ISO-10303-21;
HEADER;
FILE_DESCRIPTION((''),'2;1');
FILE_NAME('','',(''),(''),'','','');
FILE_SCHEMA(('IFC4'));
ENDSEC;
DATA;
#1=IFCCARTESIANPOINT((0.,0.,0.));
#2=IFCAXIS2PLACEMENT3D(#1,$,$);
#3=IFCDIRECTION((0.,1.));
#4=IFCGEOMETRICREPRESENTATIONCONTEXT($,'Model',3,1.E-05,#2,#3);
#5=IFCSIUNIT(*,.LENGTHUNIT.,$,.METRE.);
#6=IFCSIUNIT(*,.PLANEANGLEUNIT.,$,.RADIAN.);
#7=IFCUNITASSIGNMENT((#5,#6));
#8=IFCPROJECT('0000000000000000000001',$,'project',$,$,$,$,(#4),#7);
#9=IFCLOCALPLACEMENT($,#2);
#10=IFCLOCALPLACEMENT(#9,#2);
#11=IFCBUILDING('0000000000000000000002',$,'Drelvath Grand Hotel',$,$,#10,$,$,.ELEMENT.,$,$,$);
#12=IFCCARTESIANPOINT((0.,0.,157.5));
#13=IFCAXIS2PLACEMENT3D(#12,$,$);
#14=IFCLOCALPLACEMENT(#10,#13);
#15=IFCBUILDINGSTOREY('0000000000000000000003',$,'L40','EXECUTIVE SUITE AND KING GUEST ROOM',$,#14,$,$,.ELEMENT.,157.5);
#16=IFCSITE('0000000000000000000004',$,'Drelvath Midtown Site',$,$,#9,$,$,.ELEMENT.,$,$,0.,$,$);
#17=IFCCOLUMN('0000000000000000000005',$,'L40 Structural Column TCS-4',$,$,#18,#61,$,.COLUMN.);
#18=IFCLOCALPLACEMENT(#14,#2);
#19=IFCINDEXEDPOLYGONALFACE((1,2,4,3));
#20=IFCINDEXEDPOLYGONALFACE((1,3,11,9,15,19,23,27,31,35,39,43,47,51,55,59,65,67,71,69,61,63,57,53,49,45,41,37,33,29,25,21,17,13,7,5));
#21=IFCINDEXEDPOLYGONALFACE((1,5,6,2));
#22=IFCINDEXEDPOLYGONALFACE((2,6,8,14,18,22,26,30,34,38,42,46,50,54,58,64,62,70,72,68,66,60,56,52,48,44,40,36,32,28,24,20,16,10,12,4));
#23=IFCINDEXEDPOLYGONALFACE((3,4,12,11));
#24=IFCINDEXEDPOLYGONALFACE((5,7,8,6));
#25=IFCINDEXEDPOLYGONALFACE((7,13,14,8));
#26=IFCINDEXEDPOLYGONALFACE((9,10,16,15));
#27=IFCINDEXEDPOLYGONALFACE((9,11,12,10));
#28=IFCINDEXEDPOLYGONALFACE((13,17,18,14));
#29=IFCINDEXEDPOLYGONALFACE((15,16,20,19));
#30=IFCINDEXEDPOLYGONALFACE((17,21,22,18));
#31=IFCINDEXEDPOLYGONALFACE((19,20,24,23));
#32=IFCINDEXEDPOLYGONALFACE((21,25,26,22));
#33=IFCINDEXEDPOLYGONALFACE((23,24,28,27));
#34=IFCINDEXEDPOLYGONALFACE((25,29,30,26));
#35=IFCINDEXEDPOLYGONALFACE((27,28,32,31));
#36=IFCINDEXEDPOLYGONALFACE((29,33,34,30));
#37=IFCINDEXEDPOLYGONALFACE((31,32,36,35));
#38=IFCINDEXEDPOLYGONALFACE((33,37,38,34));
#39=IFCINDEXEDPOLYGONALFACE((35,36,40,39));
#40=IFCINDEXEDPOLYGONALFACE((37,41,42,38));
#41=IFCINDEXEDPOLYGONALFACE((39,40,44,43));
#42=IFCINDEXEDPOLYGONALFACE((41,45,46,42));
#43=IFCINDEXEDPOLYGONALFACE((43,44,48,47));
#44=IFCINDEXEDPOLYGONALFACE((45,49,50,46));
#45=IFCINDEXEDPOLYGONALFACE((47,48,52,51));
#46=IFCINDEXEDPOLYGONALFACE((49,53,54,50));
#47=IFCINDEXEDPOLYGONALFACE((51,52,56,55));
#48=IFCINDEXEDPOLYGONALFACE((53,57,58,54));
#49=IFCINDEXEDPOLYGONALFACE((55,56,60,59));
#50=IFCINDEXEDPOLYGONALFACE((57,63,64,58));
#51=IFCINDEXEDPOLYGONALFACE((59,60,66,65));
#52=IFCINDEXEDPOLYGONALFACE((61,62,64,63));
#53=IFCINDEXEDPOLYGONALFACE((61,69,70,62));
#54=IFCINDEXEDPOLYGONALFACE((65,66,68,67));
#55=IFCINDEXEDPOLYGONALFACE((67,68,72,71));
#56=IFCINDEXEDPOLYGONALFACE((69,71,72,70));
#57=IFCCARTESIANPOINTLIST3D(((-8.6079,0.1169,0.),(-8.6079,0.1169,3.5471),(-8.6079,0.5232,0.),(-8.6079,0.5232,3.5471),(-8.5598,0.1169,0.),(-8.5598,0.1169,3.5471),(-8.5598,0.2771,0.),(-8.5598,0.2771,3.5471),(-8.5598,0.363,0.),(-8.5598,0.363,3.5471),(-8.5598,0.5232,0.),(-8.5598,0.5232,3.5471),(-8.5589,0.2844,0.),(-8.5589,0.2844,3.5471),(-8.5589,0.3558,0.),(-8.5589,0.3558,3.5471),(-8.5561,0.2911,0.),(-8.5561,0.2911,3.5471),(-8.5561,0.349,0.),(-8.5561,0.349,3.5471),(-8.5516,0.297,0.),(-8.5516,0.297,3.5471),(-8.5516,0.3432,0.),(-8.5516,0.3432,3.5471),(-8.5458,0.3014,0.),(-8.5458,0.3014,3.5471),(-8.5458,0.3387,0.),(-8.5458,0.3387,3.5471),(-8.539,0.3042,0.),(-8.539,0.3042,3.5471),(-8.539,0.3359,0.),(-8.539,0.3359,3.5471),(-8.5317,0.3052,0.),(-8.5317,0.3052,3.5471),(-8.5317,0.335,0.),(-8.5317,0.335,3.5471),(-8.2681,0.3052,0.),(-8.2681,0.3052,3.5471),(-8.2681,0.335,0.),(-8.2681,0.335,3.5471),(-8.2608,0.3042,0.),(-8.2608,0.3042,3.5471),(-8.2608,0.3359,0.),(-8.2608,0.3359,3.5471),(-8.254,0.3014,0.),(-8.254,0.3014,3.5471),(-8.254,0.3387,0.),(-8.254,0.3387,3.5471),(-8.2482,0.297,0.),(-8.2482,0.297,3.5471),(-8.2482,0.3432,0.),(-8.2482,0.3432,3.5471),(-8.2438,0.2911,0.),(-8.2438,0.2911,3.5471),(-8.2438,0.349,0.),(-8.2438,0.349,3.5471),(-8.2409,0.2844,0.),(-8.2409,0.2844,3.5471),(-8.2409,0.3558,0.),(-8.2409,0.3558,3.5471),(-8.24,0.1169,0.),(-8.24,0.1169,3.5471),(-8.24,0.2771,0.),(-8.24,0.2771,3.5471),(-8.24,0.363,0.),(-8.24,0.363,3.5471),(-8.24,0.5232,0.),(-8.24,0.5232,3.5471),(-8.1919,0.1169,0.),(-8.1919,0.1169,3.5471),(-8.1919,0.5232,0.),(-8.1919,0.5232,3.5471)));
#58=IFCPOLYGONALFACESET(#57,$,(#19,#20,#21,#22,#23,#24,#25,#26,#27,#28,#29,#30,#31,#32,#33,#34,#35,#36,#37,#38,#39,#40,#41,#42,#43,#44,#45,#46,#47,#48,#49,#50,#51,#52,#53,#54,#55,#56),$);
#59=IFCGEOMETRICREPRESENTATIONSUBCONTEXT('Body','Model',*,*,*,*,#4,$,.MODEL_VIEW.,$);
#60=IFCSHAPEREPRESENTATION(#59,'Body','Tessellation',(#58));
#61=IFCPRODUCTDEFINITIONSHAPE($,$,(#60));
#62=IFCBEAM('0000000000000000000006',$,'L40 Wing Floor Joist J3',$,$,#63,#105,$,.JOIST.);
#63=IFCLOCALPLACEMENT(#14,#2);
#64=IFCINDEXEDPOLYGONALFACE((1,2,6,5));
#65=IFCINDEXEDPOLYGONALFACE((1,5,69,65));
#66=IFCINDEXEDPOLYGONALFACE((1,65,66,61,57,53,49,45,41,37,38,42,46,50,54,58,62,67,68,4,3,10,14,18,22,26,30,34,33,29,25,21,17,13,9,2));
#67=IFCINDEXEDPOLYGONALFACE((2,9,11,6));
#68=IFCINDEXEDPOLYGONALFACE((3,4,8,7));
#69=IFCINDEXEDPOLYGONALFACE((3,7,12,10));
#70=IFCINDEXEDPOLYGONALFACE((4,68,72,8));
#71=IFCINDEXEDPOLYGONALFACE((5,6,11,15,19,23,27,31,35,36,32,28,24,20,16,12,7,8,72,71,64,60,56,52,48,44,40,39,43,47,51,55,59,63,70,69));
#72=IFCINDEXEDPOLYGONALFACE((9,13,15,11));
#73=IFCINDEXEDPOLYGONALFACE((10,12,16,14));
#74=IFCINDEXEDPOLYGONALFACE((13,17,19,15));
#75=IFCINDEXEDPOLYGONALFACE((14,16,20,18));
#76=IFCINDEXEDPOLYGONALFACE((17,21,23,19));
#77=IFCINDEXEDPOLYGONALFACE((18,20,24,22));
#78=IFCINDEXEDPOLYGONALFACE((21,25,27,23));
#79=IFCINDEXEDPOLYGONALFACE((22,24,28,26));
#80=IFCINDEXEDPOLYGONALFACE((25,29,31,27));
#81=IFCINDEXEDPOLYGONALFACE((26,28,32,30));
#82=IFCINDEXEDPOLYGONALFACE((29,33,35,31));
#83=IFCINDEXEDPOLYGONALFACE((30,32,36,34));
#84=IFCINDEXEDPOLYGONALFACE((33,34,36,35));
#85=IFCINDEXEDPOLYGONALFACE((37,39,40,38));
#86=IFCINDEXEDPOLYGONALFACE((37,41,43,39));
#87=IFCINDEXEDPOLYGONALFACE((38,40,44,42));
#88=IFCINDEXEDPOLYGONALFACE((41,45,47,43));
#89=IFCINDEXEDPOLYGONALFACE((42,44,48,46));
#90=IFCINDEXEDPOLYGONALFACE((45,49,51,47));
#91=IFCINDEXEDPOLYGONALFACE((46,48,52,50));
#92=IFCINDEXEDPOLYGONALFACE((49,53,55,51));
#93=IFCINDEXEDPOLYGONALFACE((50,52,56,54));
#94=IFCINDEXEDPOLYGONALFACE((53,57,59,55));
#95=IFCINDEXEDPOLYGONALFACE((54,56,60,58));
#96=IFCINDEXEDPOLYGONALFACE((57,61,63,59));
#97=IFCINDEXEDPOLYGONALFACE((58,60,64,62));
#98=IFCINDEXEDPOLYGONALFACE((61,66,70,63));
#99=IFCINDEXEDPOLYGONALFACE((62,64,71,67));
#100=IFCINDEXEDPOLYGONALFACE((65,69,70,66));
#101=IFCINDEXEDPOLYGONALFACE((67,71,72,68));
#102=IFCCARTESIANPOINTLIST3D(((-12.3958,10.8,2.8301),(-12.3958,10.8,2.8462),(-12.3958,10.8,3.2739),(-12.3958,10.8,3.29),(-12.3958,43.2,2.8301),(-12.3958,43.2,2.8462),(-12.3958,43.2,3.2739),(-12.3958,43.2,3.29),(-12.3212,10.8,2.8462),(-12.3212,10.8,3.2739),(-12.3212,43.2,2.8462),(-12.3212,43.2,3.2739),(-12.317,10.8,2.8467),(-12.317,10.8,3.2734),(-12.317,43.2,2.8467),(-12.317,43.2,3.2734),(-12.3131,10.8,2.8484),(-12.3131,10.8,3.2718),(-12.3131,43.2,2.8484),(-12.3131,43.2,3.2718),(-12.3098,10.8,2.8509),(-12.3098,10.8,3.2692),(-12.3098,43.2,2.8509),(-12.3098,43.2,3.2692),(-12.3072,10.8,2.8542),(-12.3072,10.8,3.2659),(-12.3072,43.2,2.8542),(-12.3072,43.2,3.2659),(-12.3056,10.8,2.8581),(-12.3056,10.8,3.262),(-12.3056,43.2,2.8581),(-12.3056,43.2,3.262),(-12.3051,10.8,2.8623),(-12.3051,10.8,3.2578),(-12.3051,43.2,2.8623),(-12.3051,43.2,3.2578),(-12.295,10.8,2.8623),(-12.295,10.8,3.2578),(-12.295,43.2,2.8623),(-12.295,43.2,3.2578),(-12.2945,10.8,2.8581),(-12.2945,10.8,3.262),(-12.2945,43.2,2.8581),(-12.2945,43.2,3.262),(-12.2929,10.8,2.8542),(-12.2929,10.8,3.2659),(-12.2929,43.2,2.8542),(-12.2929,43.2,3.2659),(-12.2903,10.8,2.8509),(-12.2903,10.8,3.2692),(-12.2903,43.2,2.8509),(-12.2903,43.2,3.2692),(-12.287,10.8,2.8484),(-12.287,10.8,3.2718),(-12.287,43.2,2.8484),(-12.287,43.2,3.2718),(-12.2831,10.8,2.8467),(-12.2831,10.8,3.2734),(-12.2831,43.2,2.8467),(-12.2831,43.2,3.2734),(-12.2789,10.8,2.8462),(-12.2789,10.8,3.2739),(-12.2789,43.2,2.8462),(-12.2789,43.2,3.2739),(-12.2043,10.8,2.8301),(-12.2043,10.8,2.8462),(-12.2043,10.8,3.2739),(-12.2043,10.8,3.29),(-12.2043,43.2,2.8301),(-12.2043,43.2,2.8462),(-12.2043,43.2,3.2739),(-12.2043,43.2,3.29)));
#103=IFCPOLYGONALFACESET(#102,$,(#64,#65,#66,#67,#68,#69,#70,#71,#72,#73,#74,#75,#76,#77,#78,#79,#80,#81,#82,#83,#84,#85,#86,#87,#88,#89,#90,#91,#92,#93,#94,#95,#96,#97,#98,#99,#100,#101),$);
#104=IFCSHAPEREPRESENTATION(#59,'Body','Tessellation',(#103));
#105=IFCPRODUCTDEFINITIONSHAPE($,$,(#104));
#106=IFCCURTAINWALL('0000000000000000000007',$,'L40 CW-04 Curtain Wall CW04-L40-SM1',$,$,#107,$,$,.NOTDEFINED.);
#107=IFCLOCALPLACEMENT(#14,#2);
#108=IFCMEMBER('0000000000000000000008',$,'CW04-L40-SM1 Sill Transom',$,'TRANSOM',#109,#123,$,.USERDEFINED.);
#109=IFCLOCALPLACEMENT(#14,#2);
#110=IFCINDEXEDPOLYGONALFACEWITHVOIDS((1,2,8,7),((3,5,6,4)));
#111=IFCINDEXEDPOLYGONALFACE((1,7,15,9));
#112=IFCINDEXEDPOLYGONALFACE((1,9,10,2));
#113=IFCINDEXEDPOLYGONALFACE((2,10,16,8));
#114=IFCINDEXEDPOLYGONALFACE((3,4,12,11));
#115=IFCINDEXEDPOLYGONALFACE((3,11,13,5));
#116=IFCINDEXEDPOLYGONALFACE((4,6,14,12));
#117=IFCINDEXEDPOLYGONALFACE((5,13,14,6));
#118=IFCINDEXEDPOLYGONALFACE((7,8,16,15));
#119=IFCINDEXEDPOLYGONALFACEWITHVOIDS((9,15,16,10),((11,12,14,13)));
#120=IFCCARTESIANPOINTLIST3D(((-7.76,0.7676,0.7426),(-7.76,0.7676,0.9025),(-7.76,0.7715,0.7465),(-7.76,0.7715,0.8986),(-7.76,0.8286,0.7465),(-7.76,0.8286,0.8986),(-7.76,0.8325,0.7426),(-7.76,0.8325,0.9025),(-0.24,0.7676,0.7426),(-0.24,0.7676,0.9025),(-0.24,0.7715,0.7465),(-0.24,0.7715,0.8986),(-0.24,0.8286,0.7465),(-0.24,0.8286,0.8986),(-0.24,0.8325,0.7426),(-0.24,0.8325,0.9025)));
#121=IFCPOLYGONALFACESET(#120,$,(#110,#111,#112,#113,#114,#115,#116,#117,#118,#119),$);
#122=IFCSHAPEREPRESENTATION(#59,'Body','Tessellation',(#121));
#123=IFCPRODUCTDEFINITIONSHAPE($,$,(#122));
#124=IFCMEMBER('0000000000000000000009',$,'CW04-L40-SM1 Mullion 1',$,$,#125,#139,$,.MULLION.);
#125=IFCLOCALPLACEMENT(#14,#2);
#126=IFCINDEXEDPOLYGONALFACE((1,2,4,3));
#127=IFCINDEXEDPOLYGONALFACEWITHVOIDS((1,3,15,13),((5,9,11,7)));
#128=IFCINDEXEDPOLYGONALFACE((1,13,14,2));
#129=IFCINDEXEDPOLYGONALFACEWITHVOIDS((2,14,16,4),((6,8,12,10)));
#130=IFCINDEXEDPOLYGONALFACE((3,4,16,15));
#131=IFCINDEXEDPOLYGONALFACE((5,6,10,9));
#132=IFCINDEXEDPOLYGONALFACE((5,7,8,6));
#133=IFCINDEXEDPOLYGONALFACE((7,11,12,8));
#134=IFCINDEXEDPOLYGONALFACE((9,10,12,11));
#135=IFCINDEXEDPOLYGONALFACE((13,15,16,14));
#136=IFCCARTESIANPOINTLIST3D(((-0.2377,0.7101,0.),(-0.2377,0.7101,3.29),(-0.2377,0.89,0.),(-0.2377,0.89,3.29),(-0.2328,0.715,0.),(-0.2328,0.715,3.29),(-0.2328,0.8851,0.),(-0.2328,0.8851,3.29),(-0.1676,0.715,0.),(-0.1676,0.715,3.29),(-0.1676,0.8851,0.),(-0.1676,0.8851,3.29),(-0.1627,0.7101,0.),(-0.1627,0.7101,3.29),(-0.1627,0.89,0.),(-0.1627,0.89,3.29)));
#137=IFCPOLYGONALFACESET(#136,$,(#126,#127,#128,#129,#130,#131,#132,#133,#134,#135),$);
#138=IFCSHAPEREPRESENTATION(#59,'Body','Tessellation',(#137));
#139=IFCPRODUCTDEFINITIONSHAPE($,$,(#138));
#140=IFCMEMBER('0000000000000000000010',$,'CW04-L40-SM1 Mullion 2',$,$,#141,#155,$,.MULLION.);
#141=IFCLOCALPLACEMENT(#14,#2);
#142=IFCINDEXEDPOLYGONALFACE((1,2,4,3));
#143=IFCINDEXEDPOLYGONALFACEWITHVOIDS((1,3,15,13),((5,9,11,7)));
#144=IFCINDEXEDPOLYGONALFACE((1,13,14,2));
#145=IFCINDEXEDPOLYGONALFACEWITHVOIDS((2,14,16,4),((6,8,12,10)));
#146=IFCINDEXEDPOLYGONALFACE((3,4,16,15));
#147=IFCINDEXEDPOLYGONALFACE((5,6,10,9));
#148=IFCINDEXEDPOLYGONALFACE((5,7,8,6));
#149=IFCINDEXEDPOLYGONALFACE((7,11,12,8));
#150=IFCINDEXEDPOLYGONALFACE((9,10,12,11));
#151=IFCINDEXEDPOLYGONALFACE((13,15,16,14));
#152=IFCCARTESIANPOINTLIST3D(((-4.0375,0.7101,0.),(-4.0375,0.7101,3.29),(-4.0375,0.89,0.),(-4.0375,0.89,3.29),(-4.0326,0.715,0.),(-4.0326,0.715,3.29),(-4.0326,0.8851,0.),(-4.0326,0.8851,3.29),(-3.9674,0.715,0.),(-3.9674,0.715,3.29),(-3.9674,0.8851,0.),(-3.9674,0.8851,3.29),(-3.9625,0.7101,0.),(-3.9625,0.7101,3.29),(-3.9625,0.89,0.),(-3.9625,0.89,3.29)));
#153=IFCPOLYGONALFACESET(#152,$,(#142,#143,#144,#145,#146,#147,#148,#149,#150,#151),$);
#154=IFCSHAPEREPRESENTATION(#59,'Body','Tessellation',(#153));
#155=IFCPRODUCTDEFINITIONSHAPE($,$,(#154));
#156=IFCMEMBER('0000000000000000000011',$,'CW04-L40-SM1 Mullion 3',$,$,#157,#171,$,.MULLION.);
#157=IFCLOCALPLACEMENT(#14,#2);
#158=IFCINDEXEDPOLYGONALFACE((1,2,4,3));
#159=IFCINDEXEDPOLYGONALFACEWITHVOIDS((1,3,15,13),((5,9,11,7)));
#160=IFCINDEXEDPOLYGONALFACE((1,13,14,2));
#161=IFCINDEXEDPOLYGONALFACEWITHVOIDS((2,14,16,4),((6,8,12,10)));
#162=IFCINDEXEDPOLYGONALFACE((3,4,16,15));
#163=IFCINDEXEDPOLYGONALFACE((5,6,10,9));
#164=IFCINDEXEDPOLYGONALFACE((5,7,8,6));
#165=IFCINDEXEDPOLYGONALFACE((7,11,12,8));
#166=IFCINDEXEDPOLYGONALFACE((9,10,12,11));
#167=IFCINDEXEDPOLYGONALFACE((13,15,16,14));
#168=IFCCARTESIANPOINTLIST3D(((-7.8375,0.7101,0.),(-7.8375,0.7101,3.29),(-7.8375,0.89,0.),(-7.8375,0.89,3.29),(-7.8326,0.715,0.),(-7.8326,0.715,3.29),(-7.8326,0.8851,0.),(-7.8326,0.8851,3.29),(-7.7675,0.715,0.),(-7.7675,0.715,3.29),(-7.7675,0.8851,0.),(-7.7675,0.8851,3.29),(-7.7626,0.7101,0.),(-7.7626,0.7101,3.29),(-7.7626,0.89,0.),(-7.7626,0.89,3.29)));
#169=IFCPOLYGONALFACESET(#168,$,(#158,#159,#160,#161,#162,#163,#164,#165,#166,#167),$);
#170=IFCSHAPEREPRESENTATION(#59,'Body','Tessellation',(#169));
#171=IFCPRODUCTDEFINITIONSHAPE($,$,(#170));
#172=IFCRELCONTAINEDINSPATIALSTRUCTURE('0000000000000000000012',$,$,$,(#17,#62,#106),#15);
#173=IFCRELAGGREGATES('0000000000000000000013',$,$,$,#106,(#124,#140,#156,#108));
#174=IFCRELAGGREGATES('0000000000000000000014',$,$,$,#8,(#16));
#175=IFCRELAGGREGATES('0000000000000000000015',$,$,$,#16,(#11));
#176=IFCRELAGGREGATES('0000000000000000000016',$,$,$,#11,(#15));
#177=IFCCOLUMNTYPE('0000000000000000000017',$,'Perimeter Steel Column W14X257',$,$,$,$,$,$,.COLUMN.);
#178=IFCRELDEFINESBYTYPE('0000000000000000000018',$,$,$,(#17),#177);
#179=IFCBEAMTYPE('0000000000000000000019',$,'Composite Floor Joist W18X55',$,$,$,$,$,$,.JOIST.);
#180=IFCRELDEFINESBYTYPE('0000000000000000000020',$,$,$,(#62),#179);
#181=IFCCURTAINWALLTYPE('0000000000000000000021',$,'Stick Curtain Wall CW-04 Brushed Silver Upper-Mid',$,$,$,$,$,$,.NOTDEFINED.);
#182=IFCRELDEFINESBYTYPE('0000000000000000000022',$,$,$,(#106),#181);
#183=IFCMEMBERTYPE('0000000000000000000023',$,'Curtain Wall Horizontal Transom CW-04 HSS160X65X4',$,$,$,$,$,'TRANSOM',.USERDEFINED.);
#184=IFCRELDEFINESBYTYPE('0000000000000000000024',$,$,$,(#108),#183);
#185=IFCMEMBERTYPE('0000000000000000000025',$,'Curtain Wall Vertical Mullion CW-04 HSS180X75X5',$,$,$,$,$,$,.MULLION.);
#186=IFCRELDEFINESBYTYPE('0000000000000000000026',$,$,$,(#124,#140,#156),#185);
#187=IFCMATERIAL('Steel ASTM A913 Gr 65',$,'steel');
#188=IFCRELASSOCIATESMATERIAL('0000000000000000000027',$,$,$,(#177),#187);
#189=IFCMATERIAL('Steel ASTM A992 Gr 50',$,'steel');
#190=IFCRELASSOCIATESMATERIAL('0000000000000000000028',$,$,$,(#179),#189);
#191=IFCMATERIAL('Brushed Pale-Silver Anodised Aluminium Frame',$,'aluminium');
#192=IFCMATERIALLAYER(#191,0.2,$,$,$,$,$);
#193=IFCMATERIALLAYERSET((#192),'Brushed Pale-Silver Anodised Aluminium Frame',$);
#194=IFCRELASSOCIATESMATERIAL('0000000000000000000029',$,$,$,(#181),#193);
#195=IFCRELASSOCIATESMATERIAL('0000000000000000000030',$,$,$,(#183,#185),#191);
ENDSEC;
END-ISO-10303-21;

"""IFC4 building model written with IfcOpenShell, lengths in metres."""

from ifc_helpers import new_model, si_unit, direction, frame, origin, origin_2d, place, context, subcontext, project, spatial, hollow_rectangle, i_section, extrude, material, layer, layer_set, material_profile, profile_set, type_object, element, aggregate, save


model = new_model("IFC4")

# Units and contexts
model_context = context("Model", 3, precision=1e-05, world=origin(), true_north=direction((0.0, 1.0)))
body_context = subcontext(model_context, "Body", "Model", "MODEL_VIEW")
ifc_project = project(units=[si_unit("LENGTHUNIT", "METRE"), si_unit("PLANEANGLEUNIT", "RADIAN")], contexts=[model_context])

# Site, building, storey
site_placement = place(None, origin())
site = spatial("IfcSite", under=ifc_project, at=site_placement, Name="Drelvath Midtown Site", CompositionType="ELEMENT", RefElevation=0.0)
building_placement = place(site_placement, origin())
building = spatial("IfcBuilding", under=site, at=building_placement, Name="Drelvath Grand Hotel", CompositionType="ELEMENT")
storey_placement = place(building_placement, frame((0.0, 0.0, 157.5)))
storey = spatial("IfcBuildingStorey", under=building, at=storey_placement, Name="L40", Description="EXECUTIVE SUITE AND KING GUEST ROOM", CompositionType="ELEMENT", Elevation=157.5)

# Column
ifc_material_1 = material(Name="Steel ASTM A913 Gr 65", Category="steel")
ifc_material_profile_1 = material_profile(ifc_material_1, i_section(OverallWidth=0.4062, OverallDepth=0.416, WebThickness=0.0298, FlangeThickness=0.0481, FilletRadius=0.0281, at=origin_2d()), Name="W14X257")
ifc_profile_set_1 = profile_set([ifc_material_profile_1], Name="Steel ASTM A913 Gr 65")
column_type = type_object("IfcColumnType", Name="Perimeter Steel Column W14X257", PredefinedType="COLUMN", material=ifc_profile_set_1)
column_placement = place(storey_placement, frame((-8.3999, 0.3201, 0.0), z_axis=(0.0, 0.0, 1.0), x_axis=(0.0, 1.0, 0.0)))
element("IfcColumn", 1, at=column_placement, inside=storey, type_object=column_type, Name="L40 Structural Column TCS-4", PredefinedType="COLUMN", context=body_context, shape_type="SweptSolid", body=[
    extrude(i_section(OverallWidth=0.4062, OverallDepth=0.416, WebThickness=0.0298, FlangeThickness=0.0481, FilletRadius=0.0281, at=origin_2d()), origin(), (0.0, 0.0, 1.0), 3.5471),
])

# Beam
ifc_material_2 = material(Name="Steel ASTM A992 Gr 50", Category="steel")
ifc_material_profile_2 = material_profile(ifc_material_2, i_section(OverallWidth=0.1914, OverallDepth=0.46, WebThickness=0.01, FlangeThickness=0.0161, FilletRadius=0.0161, at=origin_2d()), Name="W18X55")
ifc_profile_set_2 = profile_set([ifc_material_profile_2], Name="Steel ASTM A992 Gr 50")
beam_type_1 = type_object("IfcBeamType", Name="Composite Floor Joist W18X55", PredefinedType="JOIST", material=ifc_profile_set_2)
beam_1_placement = place(storey_placement, frame((-12.3, 10.8, 3.0601), z_axis=(0.0, 1.0, 0.0), x_axis=(-1.0, 0.0, 0.0)))
element("IfcBeam", 2, at=beam_1_placement, inside=storey, type_object=beam_type_1, Name="L40 Wing Floor Joist J3", PredefinedType="JOIST", context=body_context, shape_type="SweptSolid", body=[
    extrude(i_section(OverallWidth=0.1914, OverallDepth=0.46, WebThickness=0.01, FlangeThickness=0.0161, FilletRadius=0.0161, at=origin_2d()), origin(), (0.0, 0.0, 1.0), 32.3999),
])

# Curtain wall, members
ifc_material_3 = material(Name="Brushed Pale-Silver Anodised Aluminium Frame", Category="aluminium")
ifc_layer_1 = layer(ifc_material_3, 0.2)
ifc_layer_set_1 = layer_set([ifc_layer_1], Name="Brushed Pale-Silver Anodised Aluminium Frame")
curtain_wall_type = type_object("IfcCurtainWallType", Name="Stick Curtain Wall CW-04 Brushed Silver Upper-Mid", PredefinedType="NOTDEFINED", material=ifc_layer_set_1)
curtain_wall_placement = place(storey_placement, origin())
curtain_wall = element("IfcCurtainWall", 3, at=curtain_wall_placement, inside=storey, type_object=curtain_wall_type, Name="L40 CW-04 Curtain Wall CW04-L40-SM1", PredefinedType="NOTDEFINED")
ifc_material_profile_3 = material_profile(ifc_material_3, hollow_rectangle(XDim=0.0649, YDim=0.1599, WallThickness=0.0039, at=origin_2d()), Name="HSS160X65X4")
ifc_profile_set_3 = profile_set([ifc_material_profile_3], Name="Brushed Pale-Silver Anodised Aluminium Frame")
member_type_1 = type_object("IfcMemberType", Name="Curtain Wall Horizontal Transom CW-04 HSS160X65X4", ElementType="TRANSOM", PredefinedType="USERDEFINED", material=ifc_profile_set_3)
member_1_placement = place(storey_placement, frame((-0.24, 0.8, 0.8225), z_axis=(-1.0, 0.0, 0.0), x_axis=(0.0, -1.0, 0.0)))
member_1 = element("IfcMember", 4, at=member_1_placement, type_object=member_type_1, Name="CW04-L40-SM1 Sill Transom", ObjectType="TRANSOM", PredefinedType="USERDEFINED", context=body_context, shape_type="SweptSolid", body=[
    extrude(hollow_rectangle(XDim=0.0649, YDim=0.1599, WallThickness=0.0039, at=origin_2d()), origin(), (0.0, 0.0, 1.0), 7.52),
])
ifc_material_profile_4 = material_profile(ifc_material_3, hollow_rectangle(XDim=0.075, YDim=0.1799, WallThickness=0.0049, at=origin_2d()), Name="HSS180X75X5")
ifc_profile_set_4 = profile_set([ifc_material_profile_4], Name="Brushed Pale-Silver Anodised Aluminium Frame")
member_type_2 = type_object("IfcMemberType", Name="Curtain Wall Vertical Mullion CW-04 HSS180X75X5", PredefinedType="MULLION", material=ifc_profile_set_4)
member_2_placement = place(storey_placement, frame((-0.2002, 0.8, 0.0), z_axis=(0.0, 0.0, 1.0), x_axis=(1.0, 0.0, 0.0)))
member_2 = element("IfcMember", 5, at=member_2_placement, type_object=member_type_2, Name="CW04-L40-SM1 Mullion 1", PredefinedType="MULLION", context=body_context, shape_type="SweptSolid", body=[
    extrude(hollow_rectangle(XDim=0.075, YDim=0.1799, WallThickness=0.0049, at=origin_2d()), origin(), (0.0, 0.0, 1.0), 3.29),
])
member_3_placement = place(storey_placement, frame((-4.0, 0.8, 0.0), z_axis=(0.0, 0.0, 1.0), x_axis=(1.0, 0.0, 0.0)))
member_3 = element("IfcMember", 6, at=member_3_placement, type_object=member_type_2, Name="CW04-L40-SM1 Mullion 2", PredefinedType="MULLION", context=body_context, shape_type="SweptSolid", body=[
    extrude(hollow_rectangle(XDim=0.075, YDim=0.1799, WallThickness=0.0049, at=origin_2d()), origin(), (0.0, 0.0, 1.0), 3.29),
])
member_4_placement = place(storey_placement, frame((-7.8, 0.8, 0.0), z_axis=(0.0, 0.0, 1.0), x_axis=(1.0, 0.0, 0.0)))
member_4 = element("IfcMember", 7, at=member_4_placement, type_object=member_type_2, Name="CW04-L40-SM1 Mullion 3", PredefinedType="MULLION", context=body_context, shape_type="SweptSolid", body=[
    extrude(hollow_rectangle(XDim=0.075, YDim=0.1799, WallThickness=0.0049, at=origin_2d()), origin(), (0.0, 0.0, 1.0), 3.29),
])

aggregate(curtain_wall, [member_2, member_3, member_4, member_1])

save(model, "model.ifc")
